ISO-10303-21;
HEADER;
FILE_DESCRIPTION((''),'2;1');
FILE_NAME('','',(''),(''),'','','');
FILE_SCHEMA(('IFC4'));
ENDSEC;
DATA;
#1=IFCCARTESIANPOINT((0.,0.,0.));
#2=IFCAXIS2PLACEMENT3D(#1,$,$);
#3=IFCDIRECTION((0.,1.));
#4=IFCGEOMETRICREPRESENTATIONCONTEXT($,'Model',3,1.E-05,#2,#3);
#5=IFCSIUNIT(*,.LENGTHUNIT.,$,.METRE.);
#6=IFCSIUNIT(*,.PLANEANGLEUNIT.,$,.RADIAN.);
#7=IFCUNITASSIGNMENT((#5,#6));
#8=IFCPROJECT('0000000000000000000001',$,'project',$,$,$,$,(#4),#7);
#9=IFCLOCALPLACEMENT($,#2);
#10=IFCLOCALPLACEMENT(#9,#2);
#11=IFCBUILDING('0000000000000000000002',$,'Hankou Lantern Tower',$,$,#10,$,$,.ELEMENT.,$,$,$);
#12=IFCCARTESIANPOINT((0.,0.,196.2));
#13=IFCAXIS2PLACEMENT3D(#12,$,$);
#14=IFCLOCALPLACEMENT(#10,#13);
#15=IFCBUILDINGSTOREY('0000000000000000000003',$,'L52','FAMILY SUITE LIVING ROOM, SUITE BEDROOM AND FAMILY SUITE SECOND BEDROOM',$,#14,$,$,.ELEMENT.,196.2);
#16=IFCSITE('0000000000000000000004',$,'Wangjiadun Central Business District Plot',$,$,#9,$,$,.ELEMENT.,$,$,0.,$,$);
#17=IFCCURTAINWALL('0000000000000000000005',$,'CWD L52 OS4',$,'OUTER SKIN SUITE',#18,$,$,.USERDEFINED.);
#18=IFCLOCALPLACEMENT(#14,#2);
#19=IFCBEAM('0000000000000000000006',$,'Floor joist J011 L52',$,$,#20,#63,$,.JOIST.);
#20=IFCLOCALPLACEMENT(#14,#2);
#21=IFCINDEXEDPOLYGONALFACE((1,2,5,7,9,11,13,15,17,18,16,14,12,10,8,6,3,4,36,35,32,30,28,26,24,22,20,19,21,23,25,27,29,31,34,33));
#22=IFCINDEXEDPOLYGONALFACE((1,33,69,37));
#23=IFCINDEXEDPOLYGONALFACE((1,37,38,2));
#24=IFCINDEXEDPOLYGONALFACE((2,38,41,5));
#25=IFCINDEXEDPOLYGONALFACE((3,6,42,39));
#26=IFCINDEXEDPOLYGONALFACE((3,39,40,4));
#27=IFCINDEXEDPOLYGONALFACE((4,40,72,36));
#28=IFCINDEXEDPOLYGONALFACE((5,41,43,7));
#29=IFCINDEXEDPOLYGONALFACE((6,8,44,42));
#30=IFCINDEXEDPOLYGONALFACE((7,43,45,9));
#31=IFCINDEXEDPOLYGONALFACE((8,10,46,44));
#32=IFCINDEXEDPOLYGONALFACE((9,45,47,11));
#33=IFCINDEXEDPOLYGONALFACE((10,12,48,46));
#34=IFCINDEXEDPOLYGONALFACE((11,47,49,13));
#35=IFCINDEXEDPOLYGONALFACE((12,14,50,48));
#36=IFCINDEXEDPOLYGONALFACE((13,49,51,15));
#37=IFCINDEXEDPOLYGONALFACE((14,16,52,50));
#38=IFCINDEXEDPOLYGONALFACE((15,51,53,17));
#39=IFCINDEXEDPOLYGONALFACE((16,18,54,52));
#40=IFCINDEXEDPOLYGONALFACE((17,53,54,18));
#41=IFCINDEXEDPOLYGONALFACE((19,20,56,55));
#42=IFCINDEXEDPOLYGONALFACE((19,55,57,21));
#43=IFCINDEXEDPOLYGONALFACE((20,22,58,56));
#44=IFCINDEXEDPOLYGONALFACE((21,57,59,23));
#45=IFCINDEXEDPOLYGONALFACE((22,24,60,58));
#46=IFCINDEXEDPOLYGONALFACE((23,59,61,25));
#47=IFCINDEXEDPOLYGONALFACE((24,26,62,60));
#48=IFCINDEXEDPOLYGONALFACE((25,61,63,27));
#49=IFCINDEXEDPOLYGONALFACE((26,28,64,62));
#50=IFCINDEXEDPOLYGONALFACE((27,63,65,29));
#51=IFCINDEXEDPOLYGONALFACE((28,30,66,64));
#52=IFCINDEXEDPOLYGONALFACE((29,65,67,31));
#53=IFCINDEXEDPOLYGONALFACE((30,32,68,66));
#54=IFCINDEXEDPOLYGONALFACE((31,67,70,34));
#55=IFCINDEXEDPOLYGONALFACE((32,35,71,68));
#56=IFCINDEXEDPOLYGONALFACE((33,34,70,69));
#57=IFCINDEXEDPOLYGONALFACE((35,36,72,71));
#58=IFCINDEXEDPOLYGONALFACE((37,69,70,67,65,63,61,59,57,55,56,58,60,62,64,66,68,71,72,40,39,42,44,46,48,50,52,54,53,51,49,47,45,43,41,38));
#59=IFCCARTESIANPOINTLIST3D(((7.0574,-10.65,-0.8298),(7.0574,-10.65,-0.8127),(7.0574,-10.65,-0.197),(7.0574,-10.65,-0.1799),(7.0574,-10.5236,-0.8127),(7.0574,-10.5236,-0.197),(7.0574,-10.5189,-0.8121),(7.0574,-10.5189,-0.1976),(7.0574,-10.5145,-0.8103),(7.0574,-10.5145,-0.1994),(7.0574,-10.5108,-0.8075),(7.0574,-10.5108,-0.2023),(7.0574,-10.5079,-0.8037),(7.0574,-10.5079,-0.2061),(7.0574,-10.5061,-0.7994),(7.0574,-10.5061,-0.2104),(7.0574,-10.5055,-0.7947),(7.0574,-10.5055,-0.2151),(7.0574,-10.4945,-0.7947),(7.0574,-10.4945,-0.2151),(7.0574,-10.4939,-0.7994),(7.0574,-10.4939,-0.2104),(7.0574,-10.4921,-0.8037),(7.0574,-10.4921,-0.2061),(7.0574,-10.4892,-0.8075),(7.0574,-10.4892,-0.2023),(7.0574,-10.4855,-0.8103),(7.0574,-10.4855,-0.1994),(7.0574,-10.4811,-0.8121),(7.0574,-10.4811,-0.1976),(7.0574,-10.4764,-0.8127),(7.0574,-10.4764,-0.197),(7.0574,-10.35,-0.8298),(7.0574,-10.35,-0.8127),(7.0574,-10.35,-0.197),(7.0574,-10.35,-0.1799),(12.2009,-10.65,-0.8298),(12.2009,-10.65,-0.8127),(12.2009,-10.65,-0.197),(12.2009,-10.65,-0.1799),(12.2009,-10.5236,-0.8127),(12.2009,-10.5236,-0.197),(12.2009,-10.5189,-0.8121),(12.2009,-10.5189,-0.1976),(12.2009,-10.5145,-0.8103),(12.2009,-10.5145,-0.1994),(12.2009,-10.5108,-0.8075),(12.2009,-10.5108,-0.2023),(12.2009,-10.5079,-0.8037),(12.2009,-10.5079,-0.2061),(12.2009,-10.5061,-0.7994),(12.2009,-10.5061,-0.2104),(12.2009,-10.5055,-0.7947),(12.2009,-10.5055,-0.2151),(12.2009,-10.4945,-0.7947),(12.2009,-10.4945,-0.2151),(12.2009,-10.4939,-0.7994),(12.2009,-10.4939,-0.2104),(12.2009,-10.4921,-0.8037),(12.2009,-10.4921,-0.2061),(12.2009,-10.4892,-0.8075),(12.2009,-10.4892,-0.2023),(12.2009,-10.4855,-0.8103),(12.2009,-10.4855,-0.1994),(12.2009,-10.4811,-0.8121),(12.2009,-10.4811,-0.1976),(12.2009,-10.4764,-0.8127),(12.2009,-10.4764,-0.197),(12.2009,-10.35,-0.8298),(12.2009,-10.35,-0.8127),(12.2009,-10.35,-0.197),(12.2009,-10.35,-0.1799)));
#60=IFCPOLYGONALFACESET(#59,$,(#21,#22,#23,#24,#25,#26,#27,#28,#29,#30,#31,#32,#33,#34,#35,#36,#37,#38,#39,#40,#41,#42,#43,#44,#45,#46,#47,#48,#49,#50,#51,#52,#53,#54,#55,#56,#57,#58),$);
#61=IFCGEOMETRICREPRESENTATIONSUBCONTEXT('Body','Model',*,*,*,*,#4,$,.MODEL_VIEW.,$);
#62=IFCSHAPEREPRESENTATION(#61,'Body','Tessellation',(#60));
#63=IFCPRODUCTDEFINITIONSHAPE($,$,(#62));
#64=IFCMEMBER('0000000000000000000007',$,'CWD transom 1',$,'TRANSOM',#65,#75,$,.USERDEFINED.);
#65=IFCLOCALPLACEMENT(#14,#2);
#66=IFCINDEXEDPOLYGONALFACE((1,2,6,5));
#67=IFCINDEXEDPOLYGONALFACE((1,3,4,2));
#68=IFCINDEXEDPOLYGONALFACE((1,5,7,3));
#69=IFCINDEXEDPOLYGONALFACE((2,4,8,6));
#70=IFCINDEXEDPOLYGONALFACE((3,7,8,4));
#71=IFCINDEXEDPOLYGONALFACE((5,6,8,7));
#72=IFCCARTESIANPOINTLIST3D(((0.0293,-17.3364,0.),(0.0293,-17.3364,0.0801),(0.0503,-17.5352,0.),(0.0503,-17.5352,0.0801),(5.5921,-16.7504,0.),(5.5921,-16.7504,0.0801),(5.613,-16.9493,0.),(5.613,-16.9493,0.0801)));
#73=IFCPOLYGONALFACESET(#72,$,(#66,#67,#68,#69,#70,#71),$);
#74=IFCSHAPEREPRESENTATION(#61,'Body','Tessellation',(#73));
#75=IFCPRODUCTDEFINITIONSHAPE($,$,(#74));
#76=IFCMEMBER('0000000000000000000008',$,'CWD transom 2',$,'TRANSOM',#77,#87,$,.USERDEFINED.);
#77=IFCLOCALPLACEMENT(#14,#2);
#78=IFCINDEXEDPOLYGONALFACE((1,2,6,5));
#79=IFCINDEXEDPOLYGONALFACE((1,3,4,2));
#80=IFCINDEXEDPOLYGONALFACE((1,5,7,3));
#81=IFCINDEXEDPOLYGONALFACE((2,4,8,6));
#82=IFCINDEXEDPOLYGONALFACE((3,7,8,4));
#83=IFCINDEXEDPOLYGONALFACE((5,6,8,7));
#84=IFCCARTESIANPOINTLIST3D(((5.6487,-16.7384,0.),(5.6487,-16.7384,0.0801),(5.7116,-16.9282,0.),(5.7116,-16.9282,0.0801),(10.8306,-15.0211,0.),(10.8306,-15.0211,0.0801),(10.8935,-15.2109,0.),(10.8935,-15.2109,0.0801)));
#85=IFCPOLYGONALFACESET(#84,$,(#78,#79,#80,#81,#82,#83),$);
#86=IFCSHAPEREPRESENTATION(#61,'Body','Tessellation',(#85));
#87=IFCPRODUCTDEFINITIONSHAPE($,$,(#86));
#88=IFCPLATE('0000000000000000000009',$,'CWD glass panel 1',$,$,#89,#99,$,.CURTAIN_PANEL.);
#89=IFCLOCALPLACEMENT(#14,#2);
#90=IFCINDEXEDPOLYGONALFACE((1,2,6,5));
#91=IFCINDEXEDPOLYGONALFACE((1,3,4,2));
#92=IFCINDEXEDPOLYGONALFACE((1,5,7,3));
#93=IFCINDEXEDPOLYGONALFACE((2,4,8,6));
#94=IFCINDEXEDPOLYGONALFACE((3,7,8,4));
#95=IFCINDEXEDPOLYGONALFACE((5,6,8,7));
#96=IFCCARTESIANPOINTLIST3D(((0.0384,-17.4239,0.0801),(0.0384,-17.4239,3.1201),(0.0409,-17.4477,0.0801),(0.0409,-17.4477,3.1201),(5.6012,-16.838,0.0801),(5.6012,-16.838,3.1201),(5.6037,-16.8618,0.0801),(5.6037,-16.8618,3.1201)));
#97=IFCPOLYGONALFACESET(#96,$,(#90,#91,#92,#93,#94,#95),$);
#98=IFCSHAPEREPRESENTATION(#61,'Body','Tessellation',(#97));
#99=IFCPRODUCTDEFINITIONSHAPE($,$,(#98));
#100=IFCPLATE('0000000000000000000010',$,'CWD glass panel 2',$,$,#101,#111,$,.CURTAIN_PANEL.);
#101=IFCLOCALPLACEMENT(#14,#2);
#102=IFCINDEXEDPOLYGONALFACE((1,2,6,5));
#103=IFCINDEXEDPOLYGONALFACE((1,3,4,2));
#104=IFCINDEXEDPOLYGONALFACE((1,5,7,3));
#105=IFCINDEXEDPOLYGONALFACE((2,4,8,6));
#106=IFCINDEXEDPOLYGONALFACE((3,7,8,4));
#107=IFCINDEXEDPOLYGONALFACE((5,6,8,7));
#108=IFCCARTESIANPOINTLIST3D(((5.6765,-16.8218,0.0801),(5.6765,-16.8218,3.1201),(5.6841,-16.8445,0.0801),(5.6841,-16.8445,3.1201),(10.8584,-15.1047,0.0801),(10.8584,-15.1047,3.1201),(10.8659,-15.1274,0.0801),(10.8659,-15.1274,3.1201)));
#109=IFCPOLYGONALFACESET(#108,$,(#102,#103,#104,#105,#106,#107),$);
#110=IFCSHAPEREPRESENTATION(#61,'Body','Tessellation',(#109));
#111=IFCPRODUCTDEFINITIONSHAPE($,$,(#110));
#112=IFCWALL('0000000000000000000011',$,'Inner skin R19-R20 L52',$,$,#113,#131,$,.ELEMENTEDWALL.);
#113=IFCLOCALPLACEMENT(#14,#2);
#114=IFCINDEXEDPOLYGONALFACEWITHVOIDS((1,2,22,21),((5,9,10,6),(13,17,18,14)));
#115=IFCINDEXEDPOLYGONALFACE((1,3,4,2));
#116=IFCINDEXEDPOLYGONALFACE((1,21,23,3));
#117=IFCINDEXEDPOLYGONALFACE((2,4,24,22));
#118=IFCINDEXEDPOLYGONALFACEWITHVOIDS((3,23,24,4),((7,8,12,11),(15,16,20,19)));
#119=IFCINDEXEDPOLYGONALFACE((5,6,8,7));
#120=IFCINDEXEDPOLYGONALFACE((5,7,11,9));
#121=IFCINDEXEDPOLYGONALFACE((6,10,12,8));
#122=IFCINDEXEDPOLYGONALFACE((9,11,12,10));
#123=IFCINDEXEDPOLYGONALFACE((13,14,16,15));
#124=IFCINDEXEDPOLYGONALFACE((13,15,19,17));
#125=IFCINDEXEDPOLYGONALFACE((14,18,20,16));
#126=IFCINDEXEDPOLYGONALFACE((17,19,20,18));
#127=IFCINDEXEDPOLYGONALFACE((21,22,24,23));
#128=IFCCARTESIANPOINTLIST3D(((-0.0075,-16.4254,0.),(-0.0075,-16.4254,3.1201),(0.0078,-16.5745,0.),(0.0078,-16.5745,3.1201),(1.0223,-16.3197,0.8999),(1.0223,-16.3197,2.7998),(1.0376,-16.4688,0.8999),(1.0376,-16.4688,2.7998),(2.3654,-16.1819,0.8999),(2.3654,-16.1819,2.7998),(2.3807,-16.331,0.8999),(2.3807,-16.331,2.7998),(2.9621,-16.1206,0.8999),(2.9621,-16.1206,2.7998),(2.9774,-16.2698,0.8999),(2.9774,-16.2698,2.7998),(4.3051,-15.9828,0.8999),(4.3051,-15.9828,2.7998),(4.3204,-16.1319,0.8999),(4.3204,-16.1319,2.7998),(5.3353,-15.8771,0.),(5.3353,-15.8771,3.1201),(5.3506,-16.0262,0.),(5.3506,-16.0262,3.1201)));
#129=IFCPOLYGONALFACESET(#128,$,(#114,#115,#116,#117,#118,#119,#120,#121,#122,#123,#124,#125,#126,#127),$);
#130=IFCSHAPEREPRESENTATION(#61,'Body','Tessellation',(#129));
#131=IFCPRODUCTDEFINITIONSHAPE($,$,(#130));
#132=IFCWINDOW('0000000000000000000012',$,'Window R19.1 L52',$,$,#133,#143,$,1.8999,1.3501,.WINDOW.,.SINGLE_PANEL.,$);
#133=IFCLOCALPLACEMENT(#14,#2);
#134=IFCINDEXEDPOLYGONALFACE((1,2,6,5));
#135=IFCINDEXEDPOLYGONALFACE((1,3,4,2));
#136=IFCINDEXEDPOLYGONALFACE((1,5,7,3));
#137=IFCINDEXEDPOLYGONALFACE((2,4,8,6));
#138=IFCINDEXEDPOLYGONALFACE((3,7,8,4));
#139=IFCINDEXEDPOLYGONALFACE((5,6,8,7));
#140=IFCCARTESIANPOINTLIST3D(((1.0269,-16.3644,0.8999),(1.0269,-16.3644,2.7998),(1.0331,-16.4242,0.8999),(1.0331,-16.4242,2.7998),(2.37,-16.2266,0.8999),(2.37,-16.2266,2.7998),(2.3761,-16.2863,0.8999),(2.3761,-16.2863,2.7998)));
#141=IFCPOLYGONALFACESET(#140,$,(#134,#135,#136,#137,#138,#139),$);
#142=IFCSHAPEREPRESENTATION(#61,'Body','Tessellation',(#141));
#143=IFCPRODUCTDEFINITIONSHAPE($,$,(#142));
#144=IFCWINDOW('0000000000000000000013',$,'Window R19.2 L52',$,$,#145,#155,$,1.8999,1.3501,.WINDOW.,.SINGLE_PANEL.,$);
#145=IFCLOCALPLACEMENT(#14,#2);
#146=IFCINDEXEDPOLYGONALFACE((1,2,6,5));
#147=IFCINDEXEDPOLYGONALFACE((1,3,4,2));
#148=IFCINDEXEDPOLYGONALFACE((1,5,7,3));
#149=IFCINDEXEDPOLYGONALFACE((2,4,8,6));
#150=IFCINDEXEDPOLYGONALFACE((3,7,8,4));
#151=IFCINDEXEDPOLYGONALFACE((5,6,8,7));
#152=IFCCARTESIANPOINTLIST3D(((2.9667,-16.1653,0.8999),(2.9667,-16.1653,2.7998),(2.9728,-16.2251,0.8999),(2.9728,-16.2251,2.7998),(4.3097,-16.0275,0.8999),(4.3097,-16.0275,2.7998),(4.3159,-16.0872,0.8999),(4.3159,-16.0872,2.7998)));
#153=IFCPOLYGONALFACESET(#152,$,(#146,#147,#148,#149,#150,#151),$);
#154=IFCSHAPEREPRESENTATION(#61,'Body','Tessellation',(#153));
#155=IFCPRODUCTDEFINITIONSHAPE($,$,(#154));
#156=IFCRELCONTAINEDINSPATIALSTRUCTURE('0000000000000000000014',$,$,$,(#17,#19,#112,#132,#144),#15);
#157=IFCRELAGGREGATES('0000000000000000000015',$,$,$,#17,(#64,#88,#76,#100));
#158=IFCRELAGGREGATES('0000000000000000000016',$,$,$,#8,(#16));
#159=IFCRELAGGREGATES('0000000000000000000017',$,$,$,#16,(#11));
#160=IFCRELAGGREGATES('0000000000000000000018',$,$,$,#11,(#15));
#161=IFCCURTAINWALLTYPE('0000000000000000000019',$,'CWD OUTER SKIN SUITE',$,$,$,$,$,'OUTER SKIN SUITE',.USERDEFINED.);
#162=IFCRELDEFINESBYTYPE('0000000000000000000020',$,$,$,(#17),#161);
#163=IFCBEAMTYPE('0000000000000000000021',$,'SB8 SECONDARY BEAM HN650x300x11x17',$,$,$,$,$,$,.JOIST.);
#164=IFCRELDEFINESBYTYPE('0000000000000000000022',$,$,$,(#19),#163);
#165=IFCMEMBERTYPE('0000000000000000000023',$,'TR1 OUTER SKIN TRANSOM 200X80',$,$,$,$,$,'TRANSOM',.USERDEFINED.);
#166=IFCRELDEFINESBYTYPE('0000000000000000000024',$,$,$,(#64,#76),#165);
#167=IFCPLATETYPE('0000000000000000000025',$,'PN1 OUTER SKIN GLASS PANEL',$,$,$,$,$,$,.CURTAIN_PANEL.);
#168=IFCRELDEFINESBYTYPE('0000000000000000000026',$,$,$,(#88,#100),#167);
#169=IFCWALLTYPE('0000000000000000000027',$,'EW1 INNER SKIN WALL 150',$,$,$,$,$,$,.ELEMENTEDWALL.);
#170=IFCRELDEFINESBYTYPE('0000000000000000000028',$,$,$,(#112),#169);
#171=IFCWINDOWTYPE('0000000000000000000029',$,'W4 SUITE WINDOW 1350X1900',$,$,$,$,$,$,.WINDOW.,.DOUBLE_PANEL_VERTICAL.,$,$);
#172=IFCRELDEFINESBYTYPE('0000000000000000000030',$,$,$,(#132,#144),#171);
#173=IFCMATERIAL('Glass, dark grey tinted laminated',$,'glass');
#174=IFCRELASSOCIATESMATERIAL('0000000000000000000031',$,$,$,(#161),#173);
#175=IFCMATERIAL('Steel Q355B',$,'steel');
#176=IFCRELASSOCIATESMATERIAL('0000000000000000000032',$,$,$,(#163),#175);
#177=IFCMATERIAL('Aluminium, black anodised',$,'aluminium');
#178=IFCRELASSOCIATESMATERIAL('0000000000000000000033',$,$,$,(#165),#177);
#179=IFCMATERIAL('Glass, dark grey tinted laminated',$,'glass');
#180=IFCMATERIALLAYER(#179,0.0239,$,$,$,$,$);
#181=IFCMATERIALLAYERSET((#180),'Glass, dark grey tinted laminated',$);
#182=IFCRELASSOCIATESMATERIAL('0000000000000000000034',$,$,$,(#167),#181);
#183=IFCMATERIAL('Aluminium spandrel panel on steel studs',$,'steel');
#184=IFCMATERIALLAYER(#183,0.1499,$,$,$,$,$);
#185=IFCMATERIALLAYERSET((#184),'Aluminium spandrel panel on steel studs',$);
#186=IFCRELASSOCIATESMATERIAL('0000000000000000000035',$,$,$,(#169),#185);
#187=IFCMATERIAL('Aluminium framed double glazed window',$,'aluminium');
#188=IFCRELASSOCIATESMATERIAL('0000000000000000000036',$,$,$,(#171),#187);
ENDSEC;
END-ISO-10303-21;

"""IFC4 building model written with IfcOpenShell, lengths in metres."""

from ifc_helpers import new_model, si_unit, direction, frame, frame_2d, origin, origin_2d, place, context, subcontext, project, spatial, rectangle, i_section, extrude, material, layer, layer_set, material_profile, profile_set, type_object, element, fill, aggregate, save


model = new_model("IFC4")

# Units and contexts
model_context = context("Model", 3, precision=1e-05, world=origin(), true_north=direction((0.0, 1.0)))
body_context = subcontext(model_context, "Body", "Model", "MODEL_VIEW")
ifc_project = project(units=[si_unit("LENGTHUNIT", "METRE"), si_unit("PLANEANGLEUNIT", "RADIAN")], contexts=[model_context])

# Site, building, storey
site_placement = place(None, origin())
site = spatial("IfcSite", under=ifc_project, at=site_placement, Name="Wangjiadun Central Business District Plot", CompositionType="ELEMENT", RefElevation=0.0)
building_placement = place(site_placement, origin())
building = spatial("IfcBuilding", under=site, at=building_placement, Name="Hankou Lantern Tower", CompositionType="ELEMENT")
storey_placement = place(building_placement, frame((0.0, 0.0, 196.2)))
storey = spatial("IfcBuildingStorey", under=building, at=storey_placement, Name="L52", Description="FAMILY SUITE LIVING ROOM, SUITE BEDROOM AND FAMILY SUITE SECOND BEDROOM", CompositionType="ELEMENT", Elevation=196.2)

# Curtain wall
ifc_material_1 = material(Name="Glass, dark grey tinted laminated", Category="glass")
curtain_wall_type = type_object("IfcCurtainWallType", Name="CWD OUTER SKIN SUITE", ElementType="OUTER SKIN SUITE", PredefinedType="USERDEFINED", material=ifc_material_1)
curtain_wall_placement = place(storey_placement, origin())
curtain_wall = element("IfcCurtainWall", 1, at=curtain_wall_placement, inside=storey, type_object=curtain_wall_type, Name="CWD L52 OS4", ObjectType="OUTER SKIN SUITE", PredefinedType="USERDEFINED")

# Beam
ifc_material_2 = material(Name="Steel Q355B", Category="steel")
ifc_material_profile_1 = material_profile(ifc_material_2, i_section(OverallWidth=0.3, OverallDepth=0.6499, WebThickness=0.011, FlangeThickness=0.0171, FilletRadius=0.0181, at=origin_2d()), Name="HN650x300x11x17")
ifc_profile_set_1 = profile_set([ifc_material_profile_1], Name="Steel Q355B")
beam_type_1 = type_object("IfcBeamType", Name="SB8 SECONDARY BEAM HN650x300x11x17", PredefinedType="JOIST", material=ifc_profile_set_1)
beam_1_placement = place(storey_placement, frame((7.0574, -10.5, -0.5049), z_axis=(1.0, 0.0, 0.0), x_axis=(0.0, 1.0, 0.0)))
element("IfcBeam", 2, at=beam_1_placement, inside=storey, type_object=beam_type_1, Name="Floor joist J011 L52", PredefinedType="JOIST", context=body_context, shape_type="SweptSolid", body=[
    extrude(i_section(OverallWidth=0.3, OverallDepth=0.6499, WebThickness=0.011, FlangeThickness=0.0171, FilletRadius=0.0181, at=origin_2d()), origin(), (0.0, 0.0, 1.0), 5.1436),
])

# Members
ifc_material_3 = material(Name="Aluminium, black anodised", Category="aluminium")
ifc_material_profile_2 = material_profile(ifc_material_3, rectangle(XDim=0.2, YDim=0.0801, at=origin_2d()), Name="TR1 200X80")
ifc_profile_set_2 = profile_set([ifc_material_profile_2], Name="Aluminium, black anodised")
member_type_1 = type_object("IfcMemberType", Name="TR1 OUTER SKIN TRANSOM 200X80", ElementType="TRANSOM", PredefinedType="USERDEFINED", material=ifc_profile_set_2)
member_1_placement = place(storey_placement, frame((0.0398, -17.4358, 0.04), z_axis=(0.994498, 0.104753, 0.0), x_axis=(-0.104753, 0.994498, 0.0)))
member_1 = element("IfcMember", 3, at=member_1_placement, type_object=member_type_1, Name="CWD transom 1", ObjectType="TRANSOM", PredefinedType="USERDEFINED", context=body_context, shape_type="SweptSolid", body=[
    extrude(rectangle(XDim=0.2, YDim=0.0801, at=origin_2d()), origin(), (0.0, 0.0, 1.0), 5.5935),
])
member_2_placement = place(storey_placement, frame((5.6802, -16.8333, 0.04), z_axis=(0.949232, 0.314577, 0.0), x_axis=(-0.314577, 0.949232, 0.0)))
member_2 = element("IfcMember", 4, at=member_2_placement, type_object=member_type_1, Name="CWD transom 2", ObjectType="TRANSOM", PredefinedType="USERDEFINED", context=body_context, shape_type="SweptSolid", body=[
    extrude(rectangle(XDim=0.2, YDim=0.0801, at=origin_2d()), origin(), (0.0, 0.0, 1.0), 5.459),
])

# Plates
ifc_material_4 = material(Name="Glass, dark grey tinted laminated", Category="glass")
ifc_layer_1 = layer(ifc_material_4, 0.0239)
ifc_layer_set_1 = layer_set([ifc_layer_1], Name="Glass, dark grey tinted laminated")
plate_type = type_object("IfcPlateType", Name="PN1 OUTER SKIN GLASS PANEL", PredefinedType="CURTAIN_PANEL", material=ifc_layer_set_1)
plate_1_placement = place(storey_placement, frame((2.821, -17.1428, 0.0801), z_axis=(0.0, 0.0, 1.0), x_axis=(0.994499, 0.104743, 0.0)))
plate_1 = element("IfcPlate", 5, at=plate_1_placement, type_object=plate_type, Name="CWD glass panel 1", PredefinedType="CURTAIN_PANEL", context=body_context, shape_type="SweptSolid", body=[
    extrude(rectangle(XDim=5.5935, YDim=0.0239, at=origin_2d()), origin(), (0.0, 0.0, 1.0), 3.04),
])
plate_2_placement = place(storey_placement, frame((8.2712, -15.9746, 0.0801), z_axis=(0.0, 0.0, 1.0), x_axis=(0.949241, 0.314551, 0.0)))
plate_2 = element("IfcPlate", 6, at=plate_2_placement, type_object=plate_type, Name="CWD glass panel 2", PredefinedType="CURTAIN_PANEL", context=body_context, shape_type="SweptSolid", body=[
    extrude(rectangle(XDim=5.459, YDim=0.0239, at=origin_2d()), origin(), (0.0, 0.0, 1.0), 3.04),
])
aggregate(curtain_wall, [member_1, plate_1, member_2, plate_2])

# Wall, openings, windows
ifc_material_5 = material(Name="Aluminium spandrel panel on steel studs", Category="steel")
ifc_layer_2 = layer(ifc_material_5, 0.1499)
ifc_layer_set_2 = layer_set([ifc_layer_2], Name="Aluminium spandrel panel on steel studs")
wall_type_1 = type_object("IfcWallType", Name="EW1 INNER SKIN WALL 150", PredefinedType="ELEMENTEDWALL", material=ifc_layer_set_2)
wall_1_placement = place(storey_placement, frame((0.0, -16.5, 0.0), z_axis=(0.0, 0.0, 1.0), x_axis=(0.994775, 0.102096, 0.0)))
wall_1 = element("IfcWall", 7, at=wall_1_placement, inside=storey, type_object=wall_type_1, Name="Inner skin R19-R20 L52", PredefinedType="ELEMENTEDWALL", context=body_context, shape_type="SweptSolid", body=[
    extrude(rectangle(XDim=5.3708, YDim=0.1499, at=frame_2d((2.6855, 0.0))), origin(), (0.0, 0.0, 1.0), 3.1201),
])
opening_1_placement = place(wall_1_placement, frame((1.0354, 0.0, 0.8999)))
opening_1 = element("IfcOpeningElement", 8, at=opening_1_placement, cuts=wall_1, PredefinedType="OPENING", context=body_context, shape_type="SweptSolid", body=[
    extrude(rectangle(XDim=1.3501, YDim=1.8999, at=frame_2d((0.675, 0.95))), frame((0.0, 0.085, 0.0), z_axis=(0.0, -1.0, 0.0), x_axis=(1.0, 0.0, 0.0)), (0.0, 0.0, 1.0), 0.1699),
])
opening_2_placement = place(wall_1_placement, frame((2.9854, 0.0, 0.8999)))
opening_2 = element("IfcOpeningElement", 9, at=opening_2_placement, cuts=wall_1, PredefinedType="OPENING", context=body_context, shape_type="SweptSolid", body=[
    extrude(rectangle(XDim=1.3501, YDim=1.8999, at=frame_2d((0.675, 0.95))), frame((0.0, 0.085, 0.0), z_axis=(0.0, -1.0, 0.0), x_axis=(1.0, 0.0, 0.0)), (0.0, 0.0, 1.0), 0.1699),
])
ifc_material_6 = material(Name="Aluminium framed double glazed window", Category="aluminium")
window_type = type_object("IfcWindowType", Name="W4 SUITE WINDOW 1350X1900", PartitioningType="DOUBLE_PANEL_VERTICAL", PredefinedType="WINDOW", material=ifc_material_6)
window_1_placement = place(opening_1_placement, origin())
window_1 = element("IfcWindow", 10, at=window_1_placement, inside=storey, type_object=window_type, Name="Window R19.1 L52", OverallHeight=1.8999, OverallWidth=1.3501, PartitioningType="SINGLE_PANEL", PredefinedType="WINDOW", context=body_context, shape_type="SweptSolid", body=[
    extrude(rectangle(XDim=1.3501, YDim=1.8999, at=frame_2d((0.675, 0.95))), frame((0.0, 0.03, 0.0), z_axis=(0.0, -1.0, 0.0), x_axis=(1.0, 0.0, 0.0)), (0.0, 0.0, 1.0), 0.0601),
])
fill(opening_1, window_1)
window_2_placement = place(opening_2_placement, origin())
window_2 = element("IfcWindow", 11, at=window_2_placement, inside=storey, type_object=window_type, Name="Window R19.2 L52", OverallHeight=1.8999, OverallWidth=1.3501, PartitioningType="SINGLE_PANEL", PredefinedType="WINDOW", context=body_context, shape_type="SweptSolid", body=[
    extrude(rectangle(XDim=1.3501, YDim=1.8999, at=frame_2d((0.675, 0.95))), frame((0.0, 0.03, 0.0), z_axis=(0.0, -1.0, 0.0), x_axis=(1.0, 0.0, 0.0)), (0.0, 0.0, 1.0), 0.0601),
])
fill(opening_2, window_2)

save(model, "model.ifc")
